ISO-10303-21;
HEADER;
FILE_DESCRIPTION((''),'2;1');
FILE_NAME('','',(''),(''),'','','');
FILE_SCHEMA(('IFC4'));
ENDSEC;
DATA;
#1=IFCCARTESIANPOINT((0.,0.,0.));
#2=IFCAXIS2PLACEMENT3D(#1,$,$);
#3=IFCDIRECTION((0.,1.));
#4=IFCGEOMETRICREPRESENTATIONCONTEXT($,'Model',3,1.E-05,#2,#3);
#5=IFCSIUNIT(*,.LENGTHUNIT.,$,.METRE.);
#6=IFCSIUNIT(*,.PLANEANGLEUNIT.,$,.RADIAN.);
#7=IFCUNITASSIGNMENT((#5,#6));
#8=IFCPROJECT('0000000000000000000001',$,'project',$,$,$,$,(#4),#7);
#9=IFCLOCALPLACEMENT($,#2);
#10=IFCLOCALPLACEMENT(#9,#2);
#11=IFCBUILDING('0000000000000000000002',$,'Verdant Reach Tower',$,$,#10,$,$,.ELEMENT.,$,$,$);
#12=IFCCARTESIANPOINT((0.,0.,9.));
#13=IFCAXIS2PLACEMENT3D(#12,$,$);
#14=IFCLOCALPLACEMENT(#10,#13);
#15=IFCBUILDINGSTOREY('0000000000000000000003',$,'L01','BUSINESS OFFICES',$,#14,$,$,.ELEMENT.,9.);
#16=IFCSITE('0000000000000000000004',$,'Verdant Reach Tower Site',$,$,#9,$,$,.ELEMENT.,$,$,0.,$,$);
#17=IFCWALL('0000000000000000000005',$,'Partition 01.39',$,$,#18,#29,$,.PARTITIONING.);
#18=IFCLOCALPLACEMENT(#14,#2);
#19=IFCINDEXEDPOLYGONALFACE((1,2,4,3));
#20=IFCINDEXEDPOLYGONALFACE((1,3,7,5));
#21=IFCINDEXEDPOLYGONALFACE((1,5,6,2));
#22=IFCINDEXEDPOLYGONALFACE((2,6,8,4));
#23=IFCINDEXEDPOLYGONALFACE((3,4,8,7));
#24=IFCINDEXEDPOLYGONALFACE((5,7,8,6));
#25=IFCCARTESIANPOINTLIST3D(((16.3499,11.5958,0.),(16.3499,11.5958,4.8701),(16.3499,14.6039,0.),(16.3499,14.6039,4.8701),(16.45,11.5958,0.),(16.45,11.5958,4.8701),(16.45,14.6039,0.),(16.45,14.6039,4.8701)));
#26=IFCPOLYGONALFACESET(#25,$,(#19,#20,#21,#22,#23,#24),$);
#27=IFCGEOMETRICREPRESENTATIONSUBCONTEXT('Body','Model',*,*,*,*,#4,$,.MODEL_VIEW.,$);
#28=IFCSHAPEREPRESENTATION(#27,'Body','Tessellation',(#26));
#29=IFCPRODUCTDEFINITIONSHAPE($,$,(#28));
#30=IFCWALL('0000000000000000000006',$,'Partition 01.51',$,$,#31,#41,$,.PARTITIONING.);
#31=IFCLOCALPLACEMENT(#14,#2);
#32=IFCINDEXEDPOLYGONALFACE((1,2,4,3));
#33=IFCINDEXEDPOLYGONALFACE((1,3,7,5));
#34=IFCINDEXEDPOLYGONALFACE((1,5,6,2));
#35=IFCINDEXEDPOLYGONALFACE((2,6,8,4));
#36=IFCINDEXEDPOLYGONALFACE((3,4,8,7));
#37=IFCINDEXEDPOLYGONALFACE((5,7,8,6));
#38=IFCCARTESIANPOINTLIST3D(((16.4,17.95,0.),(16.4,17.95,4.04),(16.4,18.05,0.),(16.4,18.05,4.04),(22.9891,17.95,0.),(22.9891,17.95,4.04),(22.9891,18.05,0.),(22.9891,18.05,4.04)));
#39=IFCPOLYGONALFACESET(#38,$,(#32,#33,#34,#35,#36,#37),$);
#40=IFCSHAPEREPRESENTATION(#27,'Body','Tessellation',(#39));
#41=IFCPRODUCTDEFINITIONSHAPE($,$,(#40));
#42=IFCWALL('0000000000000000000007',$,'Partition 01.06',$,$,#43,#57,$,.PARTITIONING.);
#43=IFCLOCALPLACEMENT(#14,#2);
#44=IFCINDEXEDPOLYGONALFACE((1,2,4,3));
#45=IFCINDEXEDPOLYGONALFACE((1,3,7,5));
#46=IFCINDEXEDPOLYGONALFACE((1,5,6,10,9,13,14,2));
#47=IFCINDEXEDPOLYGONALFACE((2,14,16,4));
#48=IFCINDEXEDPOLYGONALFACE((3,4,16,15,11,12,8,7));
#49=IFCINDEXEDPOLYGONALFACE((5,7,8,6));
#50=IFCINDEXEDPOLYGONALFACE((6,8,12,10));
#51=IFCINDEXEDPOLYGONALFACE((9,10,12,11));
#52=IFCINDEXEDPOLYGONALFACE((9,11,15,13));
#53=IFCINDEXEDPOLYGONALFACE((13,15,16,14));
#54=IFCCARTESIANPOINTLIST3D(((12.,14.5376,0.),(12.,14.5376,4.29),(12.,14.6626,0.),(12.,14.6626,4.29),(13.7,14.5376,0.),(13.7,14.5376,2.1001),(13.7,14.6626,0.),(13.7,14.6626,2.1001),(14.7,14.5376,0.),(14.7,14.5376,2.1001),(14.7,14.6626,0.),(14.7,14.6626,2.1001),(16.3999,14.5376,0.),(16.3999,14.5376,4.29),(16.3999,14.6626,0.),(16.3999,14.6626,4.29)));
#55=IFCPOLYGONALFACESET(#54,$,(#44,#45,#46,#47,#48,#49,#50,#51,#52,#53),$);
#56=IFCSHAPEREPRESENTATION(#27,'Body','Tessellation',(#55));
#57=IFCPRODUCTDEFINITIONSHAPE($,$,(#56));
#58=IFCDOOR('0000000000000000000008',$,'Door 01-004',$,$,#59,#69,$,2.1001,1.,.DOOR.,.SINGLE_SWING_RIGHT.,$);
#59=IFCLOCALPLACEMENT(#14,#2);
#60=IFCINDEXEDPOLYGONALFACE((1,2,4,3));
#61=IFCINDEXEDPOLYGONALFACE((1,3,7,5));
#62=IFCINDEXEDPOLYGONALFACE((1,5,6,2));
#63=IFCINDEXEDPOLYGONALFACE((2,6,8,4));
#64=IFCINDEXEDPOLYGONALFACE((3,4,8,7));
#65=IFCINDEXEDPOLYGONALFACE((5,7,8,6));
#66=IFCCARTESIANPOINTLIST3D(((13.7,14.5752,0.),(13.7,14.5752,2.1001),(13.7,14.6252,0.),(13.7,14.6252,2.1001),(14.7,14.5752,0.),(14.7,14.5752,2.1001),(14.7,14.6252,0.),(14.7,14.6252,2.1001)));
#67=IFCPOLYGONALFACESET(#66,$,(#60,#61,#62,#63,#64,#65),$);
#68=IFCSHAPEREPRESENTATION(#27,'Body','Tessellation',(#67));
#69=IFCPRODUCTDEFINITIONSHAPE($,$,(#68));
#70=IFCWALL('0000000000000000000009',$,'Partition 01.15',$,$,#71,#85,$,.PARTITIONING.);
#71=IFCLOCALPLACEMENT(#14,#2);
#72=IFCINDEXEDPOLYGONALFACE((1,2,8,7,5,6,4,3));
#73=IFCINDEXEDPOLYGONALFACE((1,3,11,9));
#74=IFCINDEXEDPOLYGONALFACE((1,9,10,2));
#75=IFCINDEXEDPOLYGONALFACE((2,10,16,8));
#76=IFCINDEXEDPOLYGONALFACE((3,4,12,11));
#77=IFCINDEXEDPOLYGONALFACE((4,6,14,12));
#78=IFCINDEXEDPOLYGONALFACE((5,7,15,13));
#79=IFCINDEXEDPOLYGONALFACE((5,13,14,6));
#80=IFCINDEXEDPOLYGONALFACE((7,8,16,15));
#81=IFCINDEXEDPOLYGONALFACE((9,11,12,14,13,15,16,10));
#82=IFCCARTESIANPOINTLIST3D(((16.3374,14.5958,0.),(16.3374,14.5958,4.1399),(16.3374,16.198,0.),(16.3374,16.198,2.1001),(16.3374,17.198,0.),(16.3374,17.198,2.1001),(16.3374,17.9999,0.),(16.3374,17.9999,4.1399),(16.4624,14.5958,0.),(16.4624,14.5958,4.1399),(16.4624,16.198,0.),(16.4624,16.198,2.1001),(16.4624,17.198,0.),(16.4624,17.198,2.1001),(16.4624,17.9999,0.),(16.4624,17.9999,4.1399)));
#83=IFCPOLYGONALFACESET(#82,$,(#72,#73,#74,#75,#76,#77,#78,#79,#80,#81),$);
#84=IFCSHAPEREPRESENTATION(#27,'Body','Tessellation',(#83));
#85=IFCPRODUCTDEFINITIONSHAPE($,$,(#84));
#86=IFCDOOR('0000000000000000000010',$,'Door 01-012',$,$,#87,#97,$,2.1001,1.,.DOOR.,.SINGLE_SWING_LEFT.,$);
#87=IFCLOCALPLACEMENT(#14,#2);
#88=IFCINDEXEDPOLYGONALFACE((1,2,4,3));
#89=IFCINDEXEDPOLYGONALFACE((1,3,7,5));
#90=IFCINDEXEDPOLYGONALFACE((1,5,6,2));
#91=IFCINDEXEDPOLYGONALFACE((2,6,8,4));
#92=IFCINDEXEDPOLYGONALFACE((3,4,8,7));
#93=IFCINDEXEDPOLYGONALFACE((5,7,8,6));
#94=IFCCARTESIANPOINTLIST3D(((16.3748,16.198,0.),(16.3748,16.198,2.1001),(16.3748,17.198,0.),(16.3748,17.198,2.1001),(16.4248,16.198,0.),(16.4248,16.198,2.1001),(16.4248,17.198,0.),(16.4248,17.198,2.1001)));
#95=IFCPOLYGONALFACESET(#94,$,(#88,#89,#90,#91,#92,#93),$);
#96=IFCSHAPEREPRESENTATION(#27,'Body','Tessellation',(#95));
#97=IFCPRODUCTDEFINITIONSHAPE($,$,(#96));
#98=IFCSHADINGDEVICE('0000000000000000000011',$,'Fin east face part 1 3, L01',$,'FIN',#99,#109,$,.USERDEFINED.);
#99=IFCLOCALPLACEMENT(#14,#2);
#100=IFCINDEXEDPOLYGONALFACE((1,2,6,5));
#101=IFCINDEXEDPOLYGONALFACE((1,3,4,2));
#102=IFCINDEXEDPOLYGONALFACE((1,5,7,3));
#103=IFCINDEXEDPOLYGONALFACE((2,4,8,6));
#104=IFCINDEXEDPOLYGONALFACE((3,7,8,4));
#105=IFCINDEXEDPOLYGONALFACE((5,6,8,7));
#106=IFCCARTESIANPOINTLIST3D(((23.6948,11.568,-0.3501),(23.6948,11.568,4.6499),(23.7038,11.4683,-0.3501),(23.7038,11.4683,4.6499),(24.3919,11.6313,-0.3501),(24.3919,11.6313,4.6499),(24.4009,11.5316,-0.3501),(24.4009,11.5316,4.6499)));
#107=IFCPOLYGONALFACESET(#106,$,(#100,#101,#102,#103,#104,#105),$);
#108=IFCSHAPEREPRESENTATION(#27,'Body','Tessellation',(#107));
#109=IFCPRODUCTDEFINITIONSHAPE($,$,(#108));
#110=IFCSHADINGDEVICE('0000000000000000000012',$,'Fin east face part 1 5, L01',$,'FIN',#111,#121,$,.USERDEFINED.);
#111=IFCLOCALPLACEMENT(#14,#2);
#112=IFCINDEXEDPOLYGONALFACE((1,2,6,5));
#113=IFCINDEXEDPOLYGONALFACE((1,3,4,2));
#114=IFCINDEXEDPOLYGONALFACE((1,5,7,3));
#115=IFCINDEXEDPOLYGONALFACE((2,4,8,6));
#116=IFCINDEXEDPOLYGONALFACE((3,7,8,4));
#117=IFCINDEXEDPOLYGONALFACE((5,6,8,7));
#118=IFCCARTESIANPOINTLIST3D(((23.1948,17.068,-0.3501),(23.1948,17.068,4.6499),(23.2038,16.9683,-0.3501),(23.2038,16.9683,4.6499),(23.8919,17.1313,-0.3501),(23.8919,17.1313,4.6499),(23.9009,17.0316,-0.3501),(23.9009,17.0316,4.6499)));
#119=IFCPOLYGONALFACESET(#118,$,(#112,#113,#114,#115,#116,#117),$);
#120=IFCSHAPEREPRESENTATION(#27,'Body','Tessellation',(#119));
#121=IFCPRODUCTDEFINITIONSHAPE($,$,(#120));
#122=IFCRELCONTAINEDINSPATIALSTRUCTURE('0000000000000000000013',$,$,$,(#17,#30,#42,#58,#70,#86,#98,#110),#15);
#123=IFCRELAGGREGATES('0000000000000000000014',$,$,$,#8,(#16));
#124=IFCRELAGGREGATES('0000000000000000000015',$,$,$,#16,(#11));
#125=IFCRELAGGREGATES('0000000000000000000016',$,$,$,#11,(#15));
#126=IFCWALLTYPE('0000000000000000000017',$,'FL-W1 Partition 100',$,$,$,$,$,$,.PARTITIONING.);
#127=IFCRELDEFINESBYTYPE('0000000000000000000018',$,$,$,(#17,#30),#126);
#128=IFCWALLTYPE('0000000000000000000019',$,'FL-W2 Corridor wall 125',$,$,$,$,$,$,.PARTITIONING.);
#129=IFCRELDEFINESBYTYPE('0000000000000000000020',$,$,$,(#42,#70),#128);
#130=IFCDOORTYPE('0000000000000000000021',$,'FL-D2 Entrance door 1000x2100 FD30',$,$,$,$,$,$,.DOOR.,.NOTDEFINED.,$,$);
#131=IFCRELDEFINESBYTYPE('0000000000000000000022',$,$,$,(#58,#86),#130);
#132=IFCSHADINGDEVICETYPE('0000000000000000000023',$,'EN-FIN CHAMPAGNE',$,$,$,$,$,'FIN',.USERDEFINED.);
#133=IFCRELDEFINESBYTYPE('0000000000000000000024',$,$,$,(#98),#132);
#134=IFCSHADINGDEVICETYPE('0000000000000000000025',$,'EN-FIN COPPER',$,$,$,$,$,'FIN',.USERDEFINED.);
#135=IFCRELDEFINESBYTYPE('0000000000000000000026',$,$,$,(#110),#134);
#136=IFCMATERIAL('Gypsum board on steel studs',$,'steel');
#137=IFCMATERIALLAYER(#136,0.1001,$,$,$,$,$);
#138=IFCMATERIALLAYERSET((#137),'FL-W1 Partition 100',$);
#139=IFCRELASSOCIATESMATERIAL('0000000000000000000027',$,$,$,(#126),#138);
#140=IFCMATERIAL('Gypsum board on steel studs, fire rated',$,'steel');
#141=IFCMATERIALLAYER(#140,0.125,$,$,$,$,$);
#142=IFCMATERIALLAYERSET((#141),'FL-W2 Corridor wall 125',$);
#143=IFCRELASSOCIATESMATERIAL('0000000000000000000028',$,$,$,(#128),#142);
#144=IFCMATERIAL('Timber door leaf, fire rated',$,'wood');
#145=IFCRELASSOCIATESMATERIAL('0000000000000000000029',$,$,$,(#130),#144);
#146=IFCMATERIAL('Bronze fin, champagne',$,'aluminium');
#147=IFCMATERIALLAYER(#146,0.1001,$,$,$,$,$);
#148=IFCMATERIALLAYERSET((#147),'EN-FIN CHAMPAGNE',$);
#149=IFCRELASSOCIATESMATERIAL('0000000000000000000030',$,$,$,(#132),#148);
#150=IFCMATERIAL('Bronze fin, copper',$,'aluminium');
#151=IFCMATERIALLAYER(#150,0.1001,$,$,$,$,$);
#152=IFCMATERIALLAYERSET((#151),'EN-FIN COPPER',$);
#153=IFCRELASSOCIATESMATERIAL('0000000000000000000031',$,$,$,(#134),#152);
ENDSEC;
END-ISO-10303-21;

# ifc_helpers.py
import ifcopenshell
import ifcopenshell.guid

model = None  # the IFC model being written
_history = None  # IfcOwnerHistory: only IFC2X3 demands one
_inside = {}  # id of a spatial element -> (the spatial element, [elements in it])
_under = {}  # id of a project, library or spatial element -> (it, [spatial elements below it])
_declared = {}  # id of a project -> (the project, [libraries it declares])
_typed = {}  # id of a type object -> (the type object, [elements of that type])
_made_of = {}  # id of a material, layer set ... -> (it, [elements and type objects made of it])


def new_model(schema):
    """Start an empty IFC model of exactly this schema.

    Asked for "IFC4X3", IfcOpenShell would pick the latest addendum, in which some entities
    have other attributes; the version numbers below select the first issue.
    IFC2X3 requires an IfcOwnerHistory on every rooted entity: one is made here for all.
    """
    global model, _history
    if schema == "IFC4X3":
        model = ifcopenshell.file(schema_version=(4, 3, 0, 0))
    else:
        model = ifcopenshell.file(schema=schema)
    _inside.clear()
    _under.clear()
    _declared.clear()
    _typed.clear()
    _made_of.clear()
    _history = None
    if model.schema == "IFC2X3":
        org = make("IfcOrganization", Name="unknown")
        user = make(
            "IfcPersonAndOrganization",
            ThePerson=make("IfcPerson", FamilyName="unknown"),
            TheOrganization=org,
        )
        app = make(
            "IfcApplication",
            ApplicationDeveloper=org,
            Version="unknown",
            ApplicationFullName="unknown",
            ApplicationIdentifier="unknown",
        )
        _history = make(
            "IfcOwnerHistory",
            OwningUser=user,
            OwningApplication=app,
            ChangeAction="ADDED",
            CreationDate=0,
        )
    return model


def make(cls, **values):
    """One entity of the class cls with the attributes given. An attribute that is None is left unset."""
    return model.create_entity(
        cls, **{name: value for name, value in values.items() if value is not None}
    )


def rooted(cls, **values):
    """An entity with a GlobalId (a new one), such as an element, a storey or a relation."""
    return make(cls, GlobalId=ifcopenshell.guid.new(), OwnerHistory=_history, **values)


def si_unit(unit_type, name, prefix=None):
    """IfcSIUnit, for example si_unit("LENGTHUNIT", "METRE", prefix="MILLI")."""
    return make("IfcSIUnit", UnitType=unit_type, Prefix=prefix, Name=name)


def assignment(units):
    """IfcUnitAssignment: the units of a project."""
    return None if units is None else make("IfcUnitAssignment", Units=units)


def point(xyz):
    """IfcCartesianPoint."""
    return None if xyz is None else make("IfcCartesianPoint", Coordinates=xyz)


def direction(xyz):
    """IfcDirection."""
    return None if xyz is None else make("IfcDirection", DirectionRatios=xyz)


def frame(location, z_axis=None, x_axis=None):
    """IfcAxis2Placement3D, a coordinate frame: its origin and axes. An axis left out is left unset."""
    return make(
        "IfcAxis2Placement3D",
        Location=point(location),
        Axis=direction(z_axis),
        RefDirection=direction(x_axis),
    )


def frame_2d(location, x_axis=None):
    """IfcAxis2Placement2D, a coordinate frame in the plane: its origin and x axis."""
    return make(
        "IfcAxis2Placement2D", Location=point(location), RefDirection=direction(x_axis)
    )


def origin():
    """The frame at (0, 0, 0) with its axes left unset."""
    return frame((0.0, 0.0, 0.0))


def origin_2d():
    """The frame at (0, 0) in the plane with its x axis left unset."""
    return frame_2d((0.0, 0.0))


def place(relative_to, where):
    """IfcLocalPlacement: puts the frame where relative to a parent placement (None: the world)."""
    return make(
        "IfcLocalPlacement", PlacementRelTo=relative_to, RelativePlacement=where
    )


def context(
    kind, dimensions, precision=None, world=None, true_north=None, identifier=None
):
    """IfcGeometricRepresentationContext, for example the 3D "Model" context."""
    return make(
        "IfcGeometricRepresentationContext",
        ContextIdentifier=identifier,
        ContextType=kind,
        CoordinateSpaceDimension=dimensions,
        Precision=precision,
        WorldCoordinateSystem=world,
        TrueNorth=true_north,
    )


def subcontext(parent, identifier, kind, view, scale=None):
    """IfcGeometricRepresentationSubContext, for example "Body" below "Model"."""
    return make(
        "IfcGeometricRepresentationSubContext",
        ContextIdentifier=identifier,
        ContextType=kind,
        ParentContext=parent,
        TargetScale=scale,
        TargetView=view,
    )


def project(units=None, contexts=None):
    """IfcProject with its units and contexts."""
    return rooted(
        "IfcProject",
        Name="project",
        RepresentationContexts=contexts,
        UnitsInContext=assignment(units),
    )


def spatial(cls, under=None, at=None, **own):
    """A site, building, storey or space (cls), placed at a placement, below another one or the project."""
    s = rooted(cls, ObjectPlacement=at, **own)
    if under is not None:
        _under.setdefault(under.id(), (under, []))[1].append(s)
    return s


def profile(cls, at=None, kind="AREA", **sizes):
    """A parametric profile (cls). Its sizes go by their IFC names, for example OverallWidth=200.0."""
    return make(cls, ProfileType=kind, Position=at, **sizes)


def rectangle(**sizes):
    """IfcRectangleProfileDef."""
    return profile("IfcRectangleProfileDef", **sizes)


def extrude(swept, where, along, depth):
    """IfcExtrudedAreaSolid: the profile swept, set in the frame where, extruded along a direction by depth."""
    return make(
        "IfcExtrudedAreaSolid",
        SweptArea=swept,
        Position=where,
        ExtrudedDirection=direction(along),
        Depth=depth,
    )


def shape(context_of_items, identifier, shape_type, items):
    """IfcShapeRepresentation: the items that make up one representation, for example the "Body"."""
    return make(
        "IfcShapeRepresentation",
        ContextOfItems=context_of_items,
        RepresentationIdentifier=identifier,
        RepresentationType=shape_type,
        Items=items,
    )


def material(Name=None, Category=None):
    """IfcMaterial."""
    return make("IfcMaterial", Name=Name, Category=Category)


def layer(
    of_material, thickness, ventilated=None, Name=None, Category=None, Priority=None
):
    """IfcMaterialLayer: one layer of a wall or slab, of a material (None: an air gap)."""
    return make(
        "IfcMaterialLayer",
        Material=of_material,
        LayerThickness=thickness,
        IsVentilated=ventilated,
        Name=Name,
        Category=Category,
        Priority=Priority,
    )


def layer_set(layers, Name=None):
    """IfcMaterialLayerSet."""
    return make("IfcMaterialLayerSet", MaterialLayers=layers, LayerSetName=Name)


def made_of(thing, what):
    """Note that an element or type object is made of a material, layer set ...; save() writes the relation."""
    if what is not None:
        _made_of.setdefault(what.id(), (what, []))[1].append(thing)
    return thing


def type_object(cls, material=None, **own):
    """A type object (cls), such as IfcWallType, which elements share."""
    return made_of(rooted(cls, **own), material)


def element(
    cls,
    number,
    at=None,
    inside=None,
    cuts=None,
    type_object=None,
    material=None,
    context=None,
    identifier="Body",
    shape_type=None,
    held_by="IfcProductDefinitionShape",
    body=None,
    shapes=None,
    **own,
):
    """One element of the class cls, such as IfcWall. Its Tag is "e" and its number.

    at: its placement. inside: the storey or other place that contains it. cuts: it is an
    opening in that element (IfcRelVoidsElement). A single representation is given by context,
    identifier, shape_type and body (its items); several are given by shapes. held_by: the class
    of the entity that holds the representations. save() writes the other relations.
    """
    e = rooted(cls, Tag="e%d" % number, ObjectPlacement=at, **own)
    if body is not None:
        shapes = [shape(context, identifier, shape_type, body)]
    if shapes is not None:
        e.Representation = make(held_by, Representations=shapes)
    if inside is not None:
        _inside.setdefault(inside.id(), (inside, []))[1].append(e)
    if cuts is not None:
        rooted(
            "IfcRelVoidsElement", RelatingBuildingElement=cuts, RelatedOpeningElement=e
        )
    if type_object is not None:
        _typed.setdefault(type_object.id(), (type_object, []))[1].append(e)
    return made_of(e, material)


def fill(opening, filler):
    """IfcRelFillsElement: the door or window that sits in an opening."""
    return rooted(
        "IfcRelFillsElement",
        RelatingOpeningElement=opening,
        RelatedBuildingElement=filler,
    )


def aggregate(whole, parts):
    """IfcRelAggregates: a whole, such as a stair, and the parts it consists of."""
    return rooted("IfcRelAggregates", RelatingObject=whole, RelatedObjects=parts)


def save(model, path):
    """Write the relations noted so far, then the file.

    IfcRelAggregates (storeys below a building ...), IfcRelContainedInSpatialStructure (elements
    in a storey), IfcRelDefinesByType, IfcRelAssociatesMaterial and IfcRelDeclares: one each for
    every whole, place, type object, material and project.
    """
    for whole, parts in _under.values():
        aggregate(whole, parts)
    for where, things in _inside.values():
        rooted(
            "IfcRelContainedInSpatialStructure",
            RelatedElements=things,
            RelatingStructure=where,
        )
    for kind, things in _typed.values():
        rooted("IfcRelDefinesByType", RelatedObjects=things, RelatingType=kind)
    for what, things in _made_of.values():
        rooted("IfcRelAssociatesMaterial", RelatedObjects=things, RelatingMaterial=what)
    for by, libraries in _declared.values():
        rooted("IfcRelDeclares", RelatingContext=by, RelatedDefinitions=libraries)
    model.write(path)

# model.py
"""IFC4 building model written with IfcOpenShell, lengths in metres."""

from ifc_helpers import new_model, si_unit, direction, frame, frame_2d, origin, origin_2d, place, context, subcontext, project, spatial, rectangle, extrude, material, layer, layer_set, type_object, element, fill, save


model = new_model("IFC4")

# Units and contexts
model_context = context("Model", 3, precision=1e-05, world=origin(), true_north=direction((0.0, 1.0)))
body_context = subcontext(model_context, "Body", "Model", "MODEL_VIEW")
ifc_project = project(units=[si_unit("LENGTHUNIT", "METRE"), si_unit("PLANEANGLEUNIT", "RADIAN")], contexts=[model_context])

# Site, building, storey
site_placement = place(None, origin())
site = spatial("IfcSite", under=ifc_project, at=site_placement, Name="Verdant Reach Tower Site", CompositionType="ELEMENT", RefElevation=0.0)
building_placement = place(site_placement, origin())
building = spatial("IfcBuilding", under=site, at=building_placement, Name="Verdant Reach Tower", CompositionType="ELEMENT")
storey_placement = place(building_placement, frame((0.0, 0.0, 9.0)))
storey = spatial("IfcBuildingStorey", under=building, at=storey_placement, Name="L01", Description="BUSINESS OFFICES", CompositionType="ELEMENT", Elevation=9.0)

# Walls
ifc_material_1 = material(Name="Gypsum board on steel studs", Category="steel")
ifc_layer_1 = layer(ifc_material_1, 0.1001)
ifc_layer_set_1 = layer_set([ifc_layer_1], Name="FL-W1 Partition 100")
wall_type_1 = type_object("IfcWallType", Name="FL-W1 Partition 100", PredefinedType="PARTITIONING", material=ifc_layer_set_1)
wall_1_placement = place(storey_placement, frame((16.3999, 11.5959, 0.0), z_axis=(0.0, 0.0, 1.0), x_axis=(0.0, 1.0, 0.0)))
element("IfcWall", 1, at=wall_1_placement, inside=storey, type_object=wall_type_1, Name="Partition 01.39", PredefinedType="PARTITIONING", context=body_context, shape_type="SweptSolid", body=[
    extrude(rectangle(XDim=3.0081, YDim=0.1001, at=frame_2d((1.5039, 0.0))), origin(), (0.0, 0.0, 1.0), 4.8701),
])
wall_2_placement = place(storey_placement, frame((22.989, 18.0, 0.0), z_axis=(0.0, 0.0, 1.0), x_axis=(-1.0, 0.0, 0.0)))
element("IfcWall", 2, at=wall_2_placement, inside=storey, type_object=wall_type_1, Name="Partition 01.51", PredefinedType="PARTITIONING", context=body_context, shape_type="SweptSolid", body=[
    extrude(rectangle(XDim=6.5891, YDim=0.1001, at=frame_2d((3.2944, 0.0))), origin(), (0.0, 0.0, 1.0), 4.04),
])

# Walls, openings, doors
ifc_material_2 = material(Name="Gypsum board on steel studs, fire rated", Category="steel")
ifc_layer_2 = layer(ifc_material_2, 0.125)
ifc_layer_set_2 = layer_set([ifc_layer_2], Name="FL-W2 Corridor wall 125")
wall_type_2 = type_object("IfcWallType", Name="FL-W2 Corridor wall 125", PredefinedType="PARTITIONING", material=ifc_layer_set_2)
wall_3_placement = place(storey_placement, frame((16.3999, 14.6001, 0.0), z_axis=(0.0, 0.0, 1.0), x_axis=(-1.0, 0.0, 0.0)))
wall_3 = element("IfcWall", 3, at=wall_3_placement, inside=storey, type_object=wall_type_2, Name="Partition 01.06", PredefinedType="PARTITIONING", context=body_context, shape_type="SweptSolid", body=[
    extrude(rectangle(XDim=4.3999, YDim=0.125, at=frame_2d((2.2, 0.0))), origin(), (0.0, 0.0, 1.0), 4.29),
])
opening_1_placement = place(wall_3_placement, frame((1.7, 0.0, 0.0)))
opening_1 = element("IfcOpeningElement", 4, at=opening_1_placement, cuts=wall_3, PredefinedType="OPENING", context=body_context, shape_type="SweptSolid", body=[
    extrude(rectangle(XDim=1.0, YDim=2.1001, at=frame_2d((0.5, 1.05))), frame((0.0, 0.0725, 0.0), z_axis=(0.0, -1.0, 0.0), x_axis=(1.0, 0.0, 0.0)), (0.0, 0.0, 1.0), 0.145),
])
ifc_material_3 = material(Name="Timber door leaf, fire rated", Category="wood")
door_type = type_object("IfcDoorType", Name="FL-D2 Entrance door 1000x2100 FD30", OperationType="NOTDEFINED", PredefinedType="DOOR", material=ifc_material_3)
door_1_placement = place(opening_1_placement, origin())
door_1 = element("IfcDoor", 5, at=door_1_placement, inside=storey, type_object=door_type, Name="Door 01-004", OperationType="SINGLE_SWING_RIGHT", OverallHeight=2.1001, OverallWidth=1.0, PredefinedType="DOOR", context=body_context, shape_type="SweptSolid", body=[
    extrude(rectangle(XDim=1.0, YDim=2.1001, at=frame_2d((0.5, 1.05))), frame((0.0, 0.0249, 0.0), z_axis=(0.0, -1.0, 0.0), x_axis=(1.0, 0.0, 0.0)), (0.0, 0.0, 1.0), 0.05),
])
fill(opening_1, door_1)
wall_4_placement = place(storey_placement, frame((16.3999, 18.0, 0.0), z_axis=(0.0, 0.0, 1.0), x_axis=(0.0, -1.0, 0.0)))
wall_4 = element("IfcWall", 6, at=wall_4_placement, inside=storey, type_object=wall_type_2, Name="Partition 01.15", PredefinedType="PARTITIONING", context=body_context, shape_type="SweptSolid", body=[
    extrude(rectangle(XDim=3.4041, YDim=0.125, at=frame_2d((1.7021, 0.0))), origin(), (0.0, 0.0, 1.0), 4.1399),
])
opening_2_placement = place(wall_4_placement, frame((0.802, 0.0, 0.0)))
opening_2 = element("IfcOpeningElement", 7, at=opening_2_placement, cuts=wall_4, PredefinedType="OPENING", context=body_context, shape_type="SweptSolid", body=[
    extrude(rectangle(XDim=1.0, YDim=2.1001, at=frame_2d((0.5, 1.05))), frame((0.0, 0.0725, 0.0), z_axis=(0.0, -1.0, 0.0), x_axis=(1.0, 0.0, 0.0)), (0.0, 0.0, 1.0), 0.145),
])
door_2_placement = place(opening_2_placement, origin())
door_2 = element("IfcDoor", 8, at=door_2_placement, inside=storey, type_object=door_type, Name="Door 01-012", OperationType="SINGLE_SWING_LEFT", OverallHeight=2.1001, OverallWidth=1.0, PredefinedType="DOOR", context=body_context, shape_type="SweptSolid", body=[
    extrude(rectangle(XDim=1.0, YDim=2.1001, at=frame_2d((0.5, 1.05))), frame((0.0, 0.0249, 0.0), z_axis=(0.0, -1.0, 0.0), x_axis=(1.0, 0.0, 0.0)), (0.0, 0.0, 1.0), 0.05),
])
fill(opening_2, door_2)

# Shading devices
ifc_material_4 = material(Name="Bronze fin, champagne", Category="aluminium")
ifc_layer_3 = layer(ifc_material_4, 0.1001)
ifc_layer_set_3 = layer_set([ifc_layer_3], Name="EN-FIN CHAMPAGNE")
shading_device_type_1 = type_object("IfcShadingDeviceType", Name="EN-FIN CHAMPAGNE", ElementType="FIN", PredefinedType="USERDEFINED", material=ifc_layer_set_3)
shading_device_1_placement = place(storey_placement, frame((24.0479, 11.5498, -0.3501), z_axis=(0.0, 0.0, 1.0), x_axis=(-0.090536, 0.995893, 0.0)))
element("IfcShadingDevice", 9, at=shading_device_1_placement, inside=storey, type_object=shading_device_type_1, Name="Fin east face part 1 3, L01", ObjectType="FIN", PredefinedType="USERDEFINED", context=body_context, shape_type="SweptSolid", body=[
    extrude(rectangle(XDim=0.1001, YDim=0.7, at=origin_2d()), origin(), (0.0, 0.0, 1.0), 5.0),
])
ifc_material_5 = material(Name="Bronze fin, copper", Category="aluminium")
ifc_layer_4 = layer(ifc_material_5, 0.1001)
ifc_layer_set_4 = layer_set([ifc_layer_4], Name="EN-FIN COPPER")
shading_device_type_2 = type_object("IfcShadingDeviceType", Name="EN-FIN COPPER", ElementType="FIN", PredefinedType="USERDEFINED", material=ifc_layer_set_4)
shading_device_2_placement = place(storey_placement, frame((23.5479, 17.0498, -0.3501), z_axis=(0.0, 0.0, 1.0), x_axis=(-0.090536, 0.995893, 0.0)))
element("IfcShadingDevice", 10, at=shading_device_2_placement, inside=storey, type_object=shading_device_type_2, Name="Fin east face part 1 5, L01", ObjectType="FIN", PredefinedType="USERDEFINED", context=body_context, shape_type="SweptSolid", body=[
    extrude(rectangle(XDim=0.1001, YDim=0.7, at=origin_2d()), origin(), (0.0, 0.0, 1.0), 5.0),
])

save(model, "model.ifc")
